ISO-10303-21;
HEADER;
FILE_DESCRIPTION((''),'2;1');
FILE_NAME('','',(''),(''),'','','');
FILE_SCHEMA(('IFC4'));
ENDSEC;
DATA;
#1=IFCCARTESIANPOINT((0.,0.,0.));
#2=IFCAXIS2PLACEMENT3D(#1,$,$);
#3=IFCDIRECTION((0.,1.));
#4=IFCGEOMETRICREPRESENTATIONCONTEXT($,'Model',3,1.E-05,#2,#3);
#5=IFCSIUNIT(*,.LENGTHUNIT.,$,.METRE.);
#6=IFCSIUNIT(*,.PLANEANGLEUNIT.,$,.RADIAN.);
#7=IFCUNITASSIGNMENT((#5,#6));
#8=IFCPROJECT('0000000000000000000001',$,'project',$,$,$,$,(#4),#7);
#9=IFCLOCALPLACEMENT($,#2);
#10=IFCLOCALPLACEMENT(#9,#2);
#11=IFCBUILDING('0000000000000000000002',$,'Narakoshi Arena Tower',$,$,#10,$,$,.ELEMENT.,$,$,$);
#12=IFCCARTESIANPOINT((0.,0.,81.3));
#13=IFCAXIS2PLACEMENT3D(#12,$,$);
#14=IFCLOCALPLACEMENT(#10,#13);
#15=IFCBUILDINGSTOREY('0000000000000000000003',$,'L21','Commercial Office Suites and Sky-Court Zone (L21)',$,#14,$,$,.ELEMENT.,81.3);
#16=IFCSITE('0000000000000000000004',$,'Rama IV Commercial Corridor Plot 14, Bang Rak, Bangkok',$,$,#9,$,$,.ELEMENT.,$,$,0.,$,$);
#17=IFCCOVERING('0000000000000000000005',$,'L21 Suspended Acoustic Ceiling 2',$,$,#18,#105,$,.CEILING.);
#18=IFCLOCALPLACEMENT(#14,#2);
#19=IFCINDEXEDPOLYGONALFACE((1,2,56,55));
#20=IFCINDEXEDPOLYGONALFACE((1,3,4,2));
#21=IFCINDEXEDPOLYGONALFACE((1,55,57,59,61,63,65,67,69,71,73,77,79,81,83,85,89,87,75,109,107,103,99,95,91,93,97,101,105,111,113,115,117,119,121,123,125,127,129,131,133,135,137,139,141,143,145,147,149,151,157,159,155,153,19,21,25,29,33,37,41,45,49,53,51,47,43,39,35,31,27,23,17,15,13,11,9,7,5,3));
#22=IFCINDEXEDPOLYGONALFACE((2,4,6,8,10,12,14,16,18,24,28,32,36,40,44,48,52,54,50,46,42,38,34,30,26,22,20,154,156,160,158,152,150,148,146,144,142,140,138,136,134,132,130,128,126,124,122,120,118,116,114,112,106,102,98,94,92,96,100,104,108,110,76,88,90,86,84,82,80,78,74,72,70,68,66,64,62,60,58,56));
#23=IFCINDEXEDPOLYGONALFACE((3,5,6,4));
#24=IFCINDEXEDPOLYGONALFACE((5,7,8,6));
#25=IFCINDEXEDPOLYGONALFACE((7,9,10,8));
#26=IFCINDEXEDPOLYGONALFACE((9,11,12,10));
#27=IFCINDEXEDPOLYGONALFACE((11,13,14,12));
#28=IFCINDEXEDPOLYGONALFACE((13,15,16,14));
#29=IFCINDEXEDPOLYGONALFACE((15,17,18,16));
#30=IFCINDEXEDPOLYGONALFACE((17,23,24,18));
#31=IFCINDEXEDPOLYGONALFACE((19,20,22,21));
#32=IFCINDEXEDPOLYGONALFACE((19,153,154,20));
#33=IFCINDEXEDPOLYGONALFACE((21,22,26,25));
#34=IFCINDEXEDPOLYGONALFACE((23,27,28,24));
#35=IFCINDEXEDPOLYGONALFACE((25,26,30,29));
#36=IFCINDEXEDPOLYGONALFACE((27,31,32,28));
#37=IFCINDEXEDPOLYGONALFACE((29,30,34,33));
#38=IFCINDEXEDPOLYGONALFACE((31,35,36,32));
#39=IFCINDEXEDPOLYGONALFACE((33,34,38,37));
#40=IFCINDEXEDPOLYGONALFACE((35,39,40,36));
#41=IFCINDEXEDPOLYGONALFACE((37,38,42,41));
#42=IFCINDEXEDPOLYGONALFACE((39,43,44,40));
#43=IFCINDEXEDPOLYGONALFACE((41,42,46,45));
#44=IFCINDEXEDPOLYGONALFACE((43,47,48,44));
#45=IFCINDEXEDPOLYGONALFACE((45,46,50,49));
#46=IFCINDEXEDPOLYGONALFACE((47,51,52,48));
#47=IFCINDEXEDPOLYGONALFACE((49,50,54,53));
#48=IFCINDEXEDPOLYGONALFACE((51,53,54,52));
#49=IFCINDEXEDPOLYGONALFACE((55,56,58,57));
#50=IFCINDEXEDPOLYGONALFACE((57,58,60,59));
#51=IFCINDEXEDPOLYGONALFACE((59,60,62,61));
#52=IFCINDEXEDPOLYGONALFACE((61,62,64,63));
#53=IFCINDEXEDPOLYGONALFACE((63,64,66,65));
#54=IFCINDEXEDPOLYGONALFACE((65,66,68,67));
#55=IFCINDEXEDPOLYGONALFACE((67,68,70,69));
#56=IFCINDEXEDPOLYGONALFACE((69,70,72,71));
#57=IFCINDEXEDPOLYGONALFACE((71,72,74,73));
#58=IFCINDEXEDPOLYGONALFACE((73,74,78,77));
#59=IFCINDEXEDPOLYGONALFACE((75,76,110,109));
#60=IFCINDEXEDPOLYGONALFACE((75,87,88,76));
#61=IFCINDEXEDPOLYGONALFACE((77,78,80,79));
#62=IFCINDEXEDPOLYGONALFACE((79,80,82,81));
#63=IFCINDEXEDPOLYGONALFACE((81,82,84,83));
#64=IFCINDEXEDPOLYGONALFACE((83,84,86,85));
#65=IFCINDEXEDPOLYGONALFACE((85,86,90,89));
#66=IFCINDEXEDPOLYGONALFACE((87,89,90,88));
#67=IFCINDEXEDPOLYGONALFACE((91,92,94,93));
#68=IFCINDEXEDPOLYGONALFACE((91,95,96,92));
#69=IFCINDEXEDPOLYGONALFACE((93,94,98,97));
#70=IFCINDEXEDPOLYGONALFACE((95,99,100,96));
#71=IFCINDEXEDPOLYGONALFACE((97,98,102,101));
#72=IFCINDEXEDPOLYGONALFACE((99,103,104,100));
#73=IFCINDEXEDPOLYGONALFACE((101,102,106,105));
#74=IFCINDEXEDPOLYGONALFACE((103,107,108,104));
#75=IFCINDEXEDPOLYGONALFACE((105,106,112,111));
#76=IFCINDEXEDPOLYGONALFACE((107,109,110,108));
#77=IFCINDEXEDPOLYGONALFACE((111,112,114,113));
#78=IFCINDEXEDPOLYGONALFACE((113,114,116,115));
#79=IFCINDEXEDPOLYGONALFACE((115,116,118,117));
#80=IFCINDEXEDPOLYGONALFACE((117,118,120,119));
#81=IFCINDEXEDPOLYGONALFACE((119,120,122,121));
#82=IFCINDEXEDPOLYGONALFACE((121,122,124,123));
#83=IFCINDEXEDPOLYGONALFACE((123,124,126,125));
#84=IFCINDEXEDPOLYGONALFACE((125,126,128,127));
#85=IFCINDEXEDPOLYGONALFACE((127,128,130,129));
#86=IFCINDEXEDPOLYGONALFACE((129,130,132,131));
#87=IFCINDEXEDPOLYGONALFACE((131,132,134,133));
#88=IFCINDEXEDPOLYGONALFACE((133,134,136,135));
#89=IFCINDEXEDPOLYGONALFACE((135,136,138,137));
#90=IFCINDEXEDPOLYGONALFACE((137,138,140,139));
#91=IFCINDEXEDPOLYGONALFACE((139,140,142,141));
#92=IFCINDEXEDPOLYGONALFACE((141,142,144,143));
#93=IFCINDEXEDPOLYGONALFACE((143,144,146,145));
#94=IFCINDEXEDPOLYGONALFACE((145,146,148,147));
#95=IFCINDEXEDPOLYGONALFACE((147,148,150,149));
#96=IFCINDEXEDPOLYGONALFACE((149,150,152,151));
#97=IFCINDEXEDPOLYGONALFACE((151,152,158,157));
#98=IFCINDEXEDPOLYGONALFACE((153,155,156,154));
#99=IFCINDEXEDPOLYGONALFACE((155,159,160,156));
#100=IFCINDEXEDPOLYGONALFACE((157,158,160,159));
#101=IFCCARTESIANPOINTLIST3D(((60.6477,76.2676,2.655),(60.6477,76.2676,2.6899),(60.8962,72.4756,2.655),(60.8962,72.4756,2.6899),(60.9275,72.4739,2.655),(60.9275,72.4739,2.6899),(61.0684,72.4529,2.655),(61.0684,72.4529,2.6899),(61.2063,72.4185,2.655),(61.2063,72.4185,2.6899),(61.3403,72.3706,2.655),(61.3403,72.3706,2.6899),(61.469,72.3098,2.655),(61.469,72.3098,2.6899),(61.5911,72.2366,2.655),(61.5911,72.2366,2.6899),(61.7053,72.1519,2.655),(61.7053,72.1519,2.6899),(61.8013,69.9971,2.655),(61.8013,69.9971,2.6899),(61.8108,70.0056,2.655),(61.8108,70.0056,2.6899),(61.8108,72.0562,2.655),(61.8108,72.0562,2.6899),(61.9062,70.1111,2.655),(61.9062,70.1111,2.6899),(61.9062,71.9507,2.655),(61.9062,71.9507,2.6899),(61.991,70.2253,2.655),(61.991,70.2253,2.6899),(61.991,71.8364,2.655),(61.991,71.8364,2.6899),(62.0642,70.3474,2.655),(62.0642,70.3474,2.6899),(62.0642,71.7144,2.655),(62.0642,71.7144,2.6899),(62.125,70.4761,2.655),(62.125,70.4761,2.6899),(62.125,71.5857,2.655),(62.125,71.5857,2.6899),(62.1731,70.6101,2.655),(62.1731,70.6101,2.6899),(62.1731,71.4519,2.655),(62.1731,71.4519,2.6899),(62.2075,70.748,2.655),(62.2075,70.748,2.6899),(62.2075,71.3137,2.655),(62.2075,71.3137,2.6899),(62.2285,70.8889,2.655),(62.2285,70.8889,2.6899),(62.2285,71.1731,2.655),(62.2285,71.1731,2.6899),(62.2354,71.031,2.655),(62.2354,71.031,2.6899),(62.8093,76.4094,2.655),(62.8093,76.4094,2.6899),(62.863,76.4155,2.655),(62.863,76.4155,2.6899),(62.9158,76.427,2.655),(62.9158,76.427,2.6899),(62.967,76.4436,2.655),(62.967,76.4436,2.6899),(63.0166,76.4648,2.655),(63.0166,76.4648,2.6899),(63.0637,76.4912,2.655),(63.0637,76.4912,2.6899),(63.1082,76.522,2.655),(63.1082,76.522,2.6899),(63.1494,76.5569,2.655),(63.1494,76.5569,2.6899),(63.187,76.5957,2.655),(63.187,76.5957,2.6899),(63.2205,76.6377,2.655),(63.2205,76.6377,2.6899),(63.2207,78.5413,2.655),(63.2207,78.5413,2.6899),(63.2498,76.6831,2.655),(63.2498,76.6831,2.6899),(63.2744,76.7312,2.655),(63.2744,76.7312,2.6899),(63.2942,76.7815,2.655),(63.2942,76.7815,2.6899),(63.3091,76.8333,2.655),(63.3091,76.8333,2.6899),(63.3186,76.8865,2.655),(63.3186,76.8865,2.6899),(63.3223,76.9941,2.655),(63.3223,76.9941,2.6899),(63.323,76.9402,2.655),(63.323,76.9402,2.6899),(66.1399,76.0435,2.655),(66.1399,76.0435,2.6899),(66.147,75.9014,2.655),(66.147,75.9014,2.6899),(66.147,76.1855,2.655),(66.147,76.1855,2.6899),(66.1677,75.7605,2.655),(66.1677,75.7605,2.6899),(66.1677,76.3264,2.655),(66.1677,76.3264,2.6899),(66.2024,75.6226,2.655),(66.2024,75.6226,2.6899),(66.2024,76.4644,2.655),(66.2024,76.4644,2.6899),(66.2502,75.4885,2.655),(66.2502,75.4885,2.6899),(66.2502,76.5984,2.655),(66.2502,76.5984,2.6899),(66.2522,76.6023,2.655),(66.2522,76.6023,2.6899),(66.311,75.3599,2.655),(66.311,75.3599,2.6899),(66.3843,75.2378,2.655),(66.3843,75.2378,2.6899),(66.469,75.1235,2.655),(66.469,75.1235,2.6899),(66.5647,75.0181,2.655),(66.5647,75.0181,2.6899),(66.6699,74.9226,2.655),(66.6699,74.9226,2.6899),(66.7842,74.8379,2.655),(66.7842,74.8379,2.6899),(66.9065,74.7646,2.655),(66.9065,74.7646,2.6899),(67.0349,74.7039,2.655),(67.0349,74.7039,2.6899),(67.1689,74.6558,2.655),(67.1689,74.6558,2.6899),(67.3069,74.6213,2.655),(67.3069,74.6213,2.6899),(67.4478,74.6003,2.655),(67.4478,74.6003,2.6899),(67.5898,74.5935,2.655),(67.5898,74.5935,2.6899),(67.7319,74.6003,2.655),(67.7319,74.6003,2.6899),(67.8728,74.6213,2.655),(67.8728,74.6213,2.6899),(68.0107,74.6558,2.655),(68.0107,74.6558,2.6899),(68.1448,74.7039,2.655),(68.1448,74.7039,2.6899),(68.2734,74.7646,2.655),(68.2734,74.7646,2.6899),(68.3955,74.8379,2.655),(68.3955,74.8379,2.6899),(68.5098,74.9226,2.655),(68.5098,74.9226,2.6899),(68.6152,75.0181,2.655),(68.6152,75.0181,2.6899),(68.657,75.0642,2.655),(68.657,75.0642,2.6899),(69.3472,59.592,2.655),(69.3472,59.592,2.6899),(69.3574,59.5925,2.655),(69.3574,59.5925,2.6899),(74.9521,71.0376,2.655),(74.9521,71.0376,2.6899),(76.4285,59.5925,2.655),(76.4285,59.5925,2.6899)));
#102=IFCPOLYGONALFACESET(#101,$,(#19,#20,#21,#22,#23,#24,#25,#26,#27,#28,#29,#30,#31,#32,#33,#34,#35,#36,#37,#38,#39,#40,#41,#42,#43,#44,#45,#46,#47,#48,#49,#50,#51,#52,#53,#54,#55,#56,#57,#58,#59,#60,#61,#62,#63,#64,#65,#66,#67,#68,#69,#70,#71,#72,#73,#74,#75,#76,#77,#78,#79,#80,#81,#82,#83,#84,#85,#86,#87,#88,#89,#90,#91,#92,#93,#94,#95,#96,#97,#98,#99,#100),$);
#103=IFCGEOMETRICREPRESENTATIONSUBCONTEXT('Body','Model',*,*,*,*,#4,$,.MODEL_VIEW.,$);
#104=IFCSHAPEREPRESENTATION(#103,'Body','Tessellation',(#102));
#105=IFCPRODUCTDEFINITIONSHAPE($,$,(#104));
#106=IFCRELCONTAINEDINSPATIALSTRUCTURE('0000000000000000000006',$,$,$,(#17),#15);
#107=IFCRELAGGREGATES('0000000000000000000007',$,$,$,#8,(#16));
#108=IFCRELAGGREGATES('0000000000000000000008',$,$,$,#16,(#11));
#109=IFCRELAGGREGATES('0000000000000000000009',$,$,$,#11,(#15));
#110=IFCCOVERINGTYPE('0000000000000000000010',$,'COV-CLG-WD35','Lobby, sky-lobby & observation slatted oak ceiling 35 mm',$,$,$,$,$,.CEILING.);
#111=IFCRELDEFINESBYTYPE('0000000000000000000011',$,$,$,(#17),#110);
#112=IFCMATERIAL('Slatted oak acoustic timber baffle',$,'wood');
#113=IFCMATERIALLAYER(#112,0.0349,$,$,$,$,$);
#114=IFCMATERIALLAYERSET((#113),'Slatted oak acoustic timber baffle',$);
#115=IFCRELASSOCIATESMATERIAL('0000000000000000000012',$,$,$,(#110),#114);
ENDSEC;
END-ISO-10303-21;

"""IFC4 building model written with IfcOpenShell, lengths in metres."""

from ifc_helpers import new_model, si_unit, direction, frame, origin, place, context, subcontext, project, spatial, polyline, outline, extrude, material, layer, layer_set, type_object, element, save


model = new_model("IFC4")

# Units and contexts
model_context = context("Model", 3, precision=1e-05, world=origin(), true_north=direction((0.0, 1.0)))
body_context = subcontext(model_context, "Body", "Model", "MODEL_VIEW")
ifc_project = project(units=[si_unit("LENGTHUNIT", "METRE"), si_unit("PLANEANGLEUNIT", "RADIAN")], contexts=[model_context])

# Site, building, storey
site_placement = place(None, origin())
site = spatial("IfcSite", under=ifc_project, at=site_placement, Name="Rama IV Commercial Corridor Plot 14, Bang Rak, Bangkok", CompositionType="ELEMENT", RefElevation=0.0)
building_placement = place(site_placement, origin())
building = spatial("IfcBuilding", under=site, at=building_placement, Name="Narakoshi Arena Tower", CompositionType="ELEMENT")
storey_placement = place(building_placement, frame((0.0, 0.0, 81.3)))
storey = spatial("IfcBuildingStorey", under=building, at=storey_placement, Name="L21", Description="Commercial Office Suites and Sky-Court Zone (L21)", CompositionType="ELEMENT", Elevation=81.3)

# Covering
ifc_material_1 = material(Name="Slatted oak acoustic timber baffle", Category="wood")
ifc_layer_1 = layer(ifc_material_1, 0.0349)
ifc_layer_set_1 = layer_set([ifc_layer_1], Name="Slatted oak acoustic timber baffle")
covering_type_1 = type_object("IfcCoveringType", Name="COV-CLG-WD35", Description="Lobby, sky-lobby & observation slatted oak ceiling 35 mm", PredefinedType="CEILING", material=ifc_layer_set_1)
covering_1_placement = place(storey_placement, frame((0.0, 0.0, 2.655)))
element("IfcCovering", 1, at=covering_1_placement, inside=storey, type_object=covering_type_1, Name="L21 Suspended Acoustic Ceiling 2", PredefinedType="CEILING", context=body_context, shape_type="SweptSolid", body=[
    extrude(outline(polyline([(62.8093, 76.4094), (62.863, 76.4155), (62.9158, 76.427), (62.967, 76.4436), (63.0166, 76.4648), (63.0637, 76.4912), (63.1082, 76.522), (63.1494, 76.5569), (63.187, 76.5957), (63.2205, 76.6377), (63.2498, 76.6831), (63.2744, 76.7312), (63.2942, 76.7815), (63.3091, 76.8333), (63.3186, 76.8865), (63.323, 76.9402), (63.3223, 76.9941), (63.2207, 78.5413), (66.2522, 76.6023), (66.2502, 76.5984), (66.2024, 76.4644), (66.1677, 76.3264), (66.147, 76.1855), (66.1399, 76.0435), (66.147, 75.9014), (66.1677, 75.7605), (66.2024, 75.6226), (66.2502, 75.4885), (66.311, 75.3599), (66.3843, 75.2378), (66.469, 75.1235), (66.5647, 75.0181), (66.6699, 74.9226), (66.7842, 74.8379), (66.9065, 74.7646), (67.0349, 74.7039), (67.1689, 74.6558), (67.3069, 74.6213), (67.4478, 74.6003), (67.5898, 74.5935), (67.7319, 74.6003), (67.8728, 74.6213), (68.0107, 74.6558), (68.1448, 74.7039), (68.2734, 74.7646), (68.3955, 74.8379), (68.5098, 74.9226), (68.6152, 75.0181), (68.657, 75.0642), (74.9521, 71.0376), (76.4285, 59.5925), (69.3574, 59.5925), (69.3472, 59.592), (61.8013, 69.9971), (61.8108, 70.0056), (61.9062, 70.1111), (61.991, 70.2253), (62.0642, 70.3474), (62.125, 70.4761), (62.1731, 70.6101), (62.2075, 70.748), (62.2285, 70.8889), (62.2354, 71.031), (62.2285, 71.1731), (62.2075, 71.3137), (62.1731, 71.4519), (62.125, 71.5857), (62.0642, 71.7144), (61.991, 71.8364), (61.9062, 71.9507), (61.8108, 72.0562), (61.7053, 72.1519), (61.5911, 72.2366), (61.469, 72.3098), (61.3403, 72.3706), (61.2063, 72.4185), (61.0684, 72.4529), (60.9275, 72.4739), (60.8962, 72.4756), (60.6477, 76.2676), (62.8093, 76.4094)])), origin(), (0.0, 0.0, 1.0), 0.0349),
])

save(model, "model.ifc")
